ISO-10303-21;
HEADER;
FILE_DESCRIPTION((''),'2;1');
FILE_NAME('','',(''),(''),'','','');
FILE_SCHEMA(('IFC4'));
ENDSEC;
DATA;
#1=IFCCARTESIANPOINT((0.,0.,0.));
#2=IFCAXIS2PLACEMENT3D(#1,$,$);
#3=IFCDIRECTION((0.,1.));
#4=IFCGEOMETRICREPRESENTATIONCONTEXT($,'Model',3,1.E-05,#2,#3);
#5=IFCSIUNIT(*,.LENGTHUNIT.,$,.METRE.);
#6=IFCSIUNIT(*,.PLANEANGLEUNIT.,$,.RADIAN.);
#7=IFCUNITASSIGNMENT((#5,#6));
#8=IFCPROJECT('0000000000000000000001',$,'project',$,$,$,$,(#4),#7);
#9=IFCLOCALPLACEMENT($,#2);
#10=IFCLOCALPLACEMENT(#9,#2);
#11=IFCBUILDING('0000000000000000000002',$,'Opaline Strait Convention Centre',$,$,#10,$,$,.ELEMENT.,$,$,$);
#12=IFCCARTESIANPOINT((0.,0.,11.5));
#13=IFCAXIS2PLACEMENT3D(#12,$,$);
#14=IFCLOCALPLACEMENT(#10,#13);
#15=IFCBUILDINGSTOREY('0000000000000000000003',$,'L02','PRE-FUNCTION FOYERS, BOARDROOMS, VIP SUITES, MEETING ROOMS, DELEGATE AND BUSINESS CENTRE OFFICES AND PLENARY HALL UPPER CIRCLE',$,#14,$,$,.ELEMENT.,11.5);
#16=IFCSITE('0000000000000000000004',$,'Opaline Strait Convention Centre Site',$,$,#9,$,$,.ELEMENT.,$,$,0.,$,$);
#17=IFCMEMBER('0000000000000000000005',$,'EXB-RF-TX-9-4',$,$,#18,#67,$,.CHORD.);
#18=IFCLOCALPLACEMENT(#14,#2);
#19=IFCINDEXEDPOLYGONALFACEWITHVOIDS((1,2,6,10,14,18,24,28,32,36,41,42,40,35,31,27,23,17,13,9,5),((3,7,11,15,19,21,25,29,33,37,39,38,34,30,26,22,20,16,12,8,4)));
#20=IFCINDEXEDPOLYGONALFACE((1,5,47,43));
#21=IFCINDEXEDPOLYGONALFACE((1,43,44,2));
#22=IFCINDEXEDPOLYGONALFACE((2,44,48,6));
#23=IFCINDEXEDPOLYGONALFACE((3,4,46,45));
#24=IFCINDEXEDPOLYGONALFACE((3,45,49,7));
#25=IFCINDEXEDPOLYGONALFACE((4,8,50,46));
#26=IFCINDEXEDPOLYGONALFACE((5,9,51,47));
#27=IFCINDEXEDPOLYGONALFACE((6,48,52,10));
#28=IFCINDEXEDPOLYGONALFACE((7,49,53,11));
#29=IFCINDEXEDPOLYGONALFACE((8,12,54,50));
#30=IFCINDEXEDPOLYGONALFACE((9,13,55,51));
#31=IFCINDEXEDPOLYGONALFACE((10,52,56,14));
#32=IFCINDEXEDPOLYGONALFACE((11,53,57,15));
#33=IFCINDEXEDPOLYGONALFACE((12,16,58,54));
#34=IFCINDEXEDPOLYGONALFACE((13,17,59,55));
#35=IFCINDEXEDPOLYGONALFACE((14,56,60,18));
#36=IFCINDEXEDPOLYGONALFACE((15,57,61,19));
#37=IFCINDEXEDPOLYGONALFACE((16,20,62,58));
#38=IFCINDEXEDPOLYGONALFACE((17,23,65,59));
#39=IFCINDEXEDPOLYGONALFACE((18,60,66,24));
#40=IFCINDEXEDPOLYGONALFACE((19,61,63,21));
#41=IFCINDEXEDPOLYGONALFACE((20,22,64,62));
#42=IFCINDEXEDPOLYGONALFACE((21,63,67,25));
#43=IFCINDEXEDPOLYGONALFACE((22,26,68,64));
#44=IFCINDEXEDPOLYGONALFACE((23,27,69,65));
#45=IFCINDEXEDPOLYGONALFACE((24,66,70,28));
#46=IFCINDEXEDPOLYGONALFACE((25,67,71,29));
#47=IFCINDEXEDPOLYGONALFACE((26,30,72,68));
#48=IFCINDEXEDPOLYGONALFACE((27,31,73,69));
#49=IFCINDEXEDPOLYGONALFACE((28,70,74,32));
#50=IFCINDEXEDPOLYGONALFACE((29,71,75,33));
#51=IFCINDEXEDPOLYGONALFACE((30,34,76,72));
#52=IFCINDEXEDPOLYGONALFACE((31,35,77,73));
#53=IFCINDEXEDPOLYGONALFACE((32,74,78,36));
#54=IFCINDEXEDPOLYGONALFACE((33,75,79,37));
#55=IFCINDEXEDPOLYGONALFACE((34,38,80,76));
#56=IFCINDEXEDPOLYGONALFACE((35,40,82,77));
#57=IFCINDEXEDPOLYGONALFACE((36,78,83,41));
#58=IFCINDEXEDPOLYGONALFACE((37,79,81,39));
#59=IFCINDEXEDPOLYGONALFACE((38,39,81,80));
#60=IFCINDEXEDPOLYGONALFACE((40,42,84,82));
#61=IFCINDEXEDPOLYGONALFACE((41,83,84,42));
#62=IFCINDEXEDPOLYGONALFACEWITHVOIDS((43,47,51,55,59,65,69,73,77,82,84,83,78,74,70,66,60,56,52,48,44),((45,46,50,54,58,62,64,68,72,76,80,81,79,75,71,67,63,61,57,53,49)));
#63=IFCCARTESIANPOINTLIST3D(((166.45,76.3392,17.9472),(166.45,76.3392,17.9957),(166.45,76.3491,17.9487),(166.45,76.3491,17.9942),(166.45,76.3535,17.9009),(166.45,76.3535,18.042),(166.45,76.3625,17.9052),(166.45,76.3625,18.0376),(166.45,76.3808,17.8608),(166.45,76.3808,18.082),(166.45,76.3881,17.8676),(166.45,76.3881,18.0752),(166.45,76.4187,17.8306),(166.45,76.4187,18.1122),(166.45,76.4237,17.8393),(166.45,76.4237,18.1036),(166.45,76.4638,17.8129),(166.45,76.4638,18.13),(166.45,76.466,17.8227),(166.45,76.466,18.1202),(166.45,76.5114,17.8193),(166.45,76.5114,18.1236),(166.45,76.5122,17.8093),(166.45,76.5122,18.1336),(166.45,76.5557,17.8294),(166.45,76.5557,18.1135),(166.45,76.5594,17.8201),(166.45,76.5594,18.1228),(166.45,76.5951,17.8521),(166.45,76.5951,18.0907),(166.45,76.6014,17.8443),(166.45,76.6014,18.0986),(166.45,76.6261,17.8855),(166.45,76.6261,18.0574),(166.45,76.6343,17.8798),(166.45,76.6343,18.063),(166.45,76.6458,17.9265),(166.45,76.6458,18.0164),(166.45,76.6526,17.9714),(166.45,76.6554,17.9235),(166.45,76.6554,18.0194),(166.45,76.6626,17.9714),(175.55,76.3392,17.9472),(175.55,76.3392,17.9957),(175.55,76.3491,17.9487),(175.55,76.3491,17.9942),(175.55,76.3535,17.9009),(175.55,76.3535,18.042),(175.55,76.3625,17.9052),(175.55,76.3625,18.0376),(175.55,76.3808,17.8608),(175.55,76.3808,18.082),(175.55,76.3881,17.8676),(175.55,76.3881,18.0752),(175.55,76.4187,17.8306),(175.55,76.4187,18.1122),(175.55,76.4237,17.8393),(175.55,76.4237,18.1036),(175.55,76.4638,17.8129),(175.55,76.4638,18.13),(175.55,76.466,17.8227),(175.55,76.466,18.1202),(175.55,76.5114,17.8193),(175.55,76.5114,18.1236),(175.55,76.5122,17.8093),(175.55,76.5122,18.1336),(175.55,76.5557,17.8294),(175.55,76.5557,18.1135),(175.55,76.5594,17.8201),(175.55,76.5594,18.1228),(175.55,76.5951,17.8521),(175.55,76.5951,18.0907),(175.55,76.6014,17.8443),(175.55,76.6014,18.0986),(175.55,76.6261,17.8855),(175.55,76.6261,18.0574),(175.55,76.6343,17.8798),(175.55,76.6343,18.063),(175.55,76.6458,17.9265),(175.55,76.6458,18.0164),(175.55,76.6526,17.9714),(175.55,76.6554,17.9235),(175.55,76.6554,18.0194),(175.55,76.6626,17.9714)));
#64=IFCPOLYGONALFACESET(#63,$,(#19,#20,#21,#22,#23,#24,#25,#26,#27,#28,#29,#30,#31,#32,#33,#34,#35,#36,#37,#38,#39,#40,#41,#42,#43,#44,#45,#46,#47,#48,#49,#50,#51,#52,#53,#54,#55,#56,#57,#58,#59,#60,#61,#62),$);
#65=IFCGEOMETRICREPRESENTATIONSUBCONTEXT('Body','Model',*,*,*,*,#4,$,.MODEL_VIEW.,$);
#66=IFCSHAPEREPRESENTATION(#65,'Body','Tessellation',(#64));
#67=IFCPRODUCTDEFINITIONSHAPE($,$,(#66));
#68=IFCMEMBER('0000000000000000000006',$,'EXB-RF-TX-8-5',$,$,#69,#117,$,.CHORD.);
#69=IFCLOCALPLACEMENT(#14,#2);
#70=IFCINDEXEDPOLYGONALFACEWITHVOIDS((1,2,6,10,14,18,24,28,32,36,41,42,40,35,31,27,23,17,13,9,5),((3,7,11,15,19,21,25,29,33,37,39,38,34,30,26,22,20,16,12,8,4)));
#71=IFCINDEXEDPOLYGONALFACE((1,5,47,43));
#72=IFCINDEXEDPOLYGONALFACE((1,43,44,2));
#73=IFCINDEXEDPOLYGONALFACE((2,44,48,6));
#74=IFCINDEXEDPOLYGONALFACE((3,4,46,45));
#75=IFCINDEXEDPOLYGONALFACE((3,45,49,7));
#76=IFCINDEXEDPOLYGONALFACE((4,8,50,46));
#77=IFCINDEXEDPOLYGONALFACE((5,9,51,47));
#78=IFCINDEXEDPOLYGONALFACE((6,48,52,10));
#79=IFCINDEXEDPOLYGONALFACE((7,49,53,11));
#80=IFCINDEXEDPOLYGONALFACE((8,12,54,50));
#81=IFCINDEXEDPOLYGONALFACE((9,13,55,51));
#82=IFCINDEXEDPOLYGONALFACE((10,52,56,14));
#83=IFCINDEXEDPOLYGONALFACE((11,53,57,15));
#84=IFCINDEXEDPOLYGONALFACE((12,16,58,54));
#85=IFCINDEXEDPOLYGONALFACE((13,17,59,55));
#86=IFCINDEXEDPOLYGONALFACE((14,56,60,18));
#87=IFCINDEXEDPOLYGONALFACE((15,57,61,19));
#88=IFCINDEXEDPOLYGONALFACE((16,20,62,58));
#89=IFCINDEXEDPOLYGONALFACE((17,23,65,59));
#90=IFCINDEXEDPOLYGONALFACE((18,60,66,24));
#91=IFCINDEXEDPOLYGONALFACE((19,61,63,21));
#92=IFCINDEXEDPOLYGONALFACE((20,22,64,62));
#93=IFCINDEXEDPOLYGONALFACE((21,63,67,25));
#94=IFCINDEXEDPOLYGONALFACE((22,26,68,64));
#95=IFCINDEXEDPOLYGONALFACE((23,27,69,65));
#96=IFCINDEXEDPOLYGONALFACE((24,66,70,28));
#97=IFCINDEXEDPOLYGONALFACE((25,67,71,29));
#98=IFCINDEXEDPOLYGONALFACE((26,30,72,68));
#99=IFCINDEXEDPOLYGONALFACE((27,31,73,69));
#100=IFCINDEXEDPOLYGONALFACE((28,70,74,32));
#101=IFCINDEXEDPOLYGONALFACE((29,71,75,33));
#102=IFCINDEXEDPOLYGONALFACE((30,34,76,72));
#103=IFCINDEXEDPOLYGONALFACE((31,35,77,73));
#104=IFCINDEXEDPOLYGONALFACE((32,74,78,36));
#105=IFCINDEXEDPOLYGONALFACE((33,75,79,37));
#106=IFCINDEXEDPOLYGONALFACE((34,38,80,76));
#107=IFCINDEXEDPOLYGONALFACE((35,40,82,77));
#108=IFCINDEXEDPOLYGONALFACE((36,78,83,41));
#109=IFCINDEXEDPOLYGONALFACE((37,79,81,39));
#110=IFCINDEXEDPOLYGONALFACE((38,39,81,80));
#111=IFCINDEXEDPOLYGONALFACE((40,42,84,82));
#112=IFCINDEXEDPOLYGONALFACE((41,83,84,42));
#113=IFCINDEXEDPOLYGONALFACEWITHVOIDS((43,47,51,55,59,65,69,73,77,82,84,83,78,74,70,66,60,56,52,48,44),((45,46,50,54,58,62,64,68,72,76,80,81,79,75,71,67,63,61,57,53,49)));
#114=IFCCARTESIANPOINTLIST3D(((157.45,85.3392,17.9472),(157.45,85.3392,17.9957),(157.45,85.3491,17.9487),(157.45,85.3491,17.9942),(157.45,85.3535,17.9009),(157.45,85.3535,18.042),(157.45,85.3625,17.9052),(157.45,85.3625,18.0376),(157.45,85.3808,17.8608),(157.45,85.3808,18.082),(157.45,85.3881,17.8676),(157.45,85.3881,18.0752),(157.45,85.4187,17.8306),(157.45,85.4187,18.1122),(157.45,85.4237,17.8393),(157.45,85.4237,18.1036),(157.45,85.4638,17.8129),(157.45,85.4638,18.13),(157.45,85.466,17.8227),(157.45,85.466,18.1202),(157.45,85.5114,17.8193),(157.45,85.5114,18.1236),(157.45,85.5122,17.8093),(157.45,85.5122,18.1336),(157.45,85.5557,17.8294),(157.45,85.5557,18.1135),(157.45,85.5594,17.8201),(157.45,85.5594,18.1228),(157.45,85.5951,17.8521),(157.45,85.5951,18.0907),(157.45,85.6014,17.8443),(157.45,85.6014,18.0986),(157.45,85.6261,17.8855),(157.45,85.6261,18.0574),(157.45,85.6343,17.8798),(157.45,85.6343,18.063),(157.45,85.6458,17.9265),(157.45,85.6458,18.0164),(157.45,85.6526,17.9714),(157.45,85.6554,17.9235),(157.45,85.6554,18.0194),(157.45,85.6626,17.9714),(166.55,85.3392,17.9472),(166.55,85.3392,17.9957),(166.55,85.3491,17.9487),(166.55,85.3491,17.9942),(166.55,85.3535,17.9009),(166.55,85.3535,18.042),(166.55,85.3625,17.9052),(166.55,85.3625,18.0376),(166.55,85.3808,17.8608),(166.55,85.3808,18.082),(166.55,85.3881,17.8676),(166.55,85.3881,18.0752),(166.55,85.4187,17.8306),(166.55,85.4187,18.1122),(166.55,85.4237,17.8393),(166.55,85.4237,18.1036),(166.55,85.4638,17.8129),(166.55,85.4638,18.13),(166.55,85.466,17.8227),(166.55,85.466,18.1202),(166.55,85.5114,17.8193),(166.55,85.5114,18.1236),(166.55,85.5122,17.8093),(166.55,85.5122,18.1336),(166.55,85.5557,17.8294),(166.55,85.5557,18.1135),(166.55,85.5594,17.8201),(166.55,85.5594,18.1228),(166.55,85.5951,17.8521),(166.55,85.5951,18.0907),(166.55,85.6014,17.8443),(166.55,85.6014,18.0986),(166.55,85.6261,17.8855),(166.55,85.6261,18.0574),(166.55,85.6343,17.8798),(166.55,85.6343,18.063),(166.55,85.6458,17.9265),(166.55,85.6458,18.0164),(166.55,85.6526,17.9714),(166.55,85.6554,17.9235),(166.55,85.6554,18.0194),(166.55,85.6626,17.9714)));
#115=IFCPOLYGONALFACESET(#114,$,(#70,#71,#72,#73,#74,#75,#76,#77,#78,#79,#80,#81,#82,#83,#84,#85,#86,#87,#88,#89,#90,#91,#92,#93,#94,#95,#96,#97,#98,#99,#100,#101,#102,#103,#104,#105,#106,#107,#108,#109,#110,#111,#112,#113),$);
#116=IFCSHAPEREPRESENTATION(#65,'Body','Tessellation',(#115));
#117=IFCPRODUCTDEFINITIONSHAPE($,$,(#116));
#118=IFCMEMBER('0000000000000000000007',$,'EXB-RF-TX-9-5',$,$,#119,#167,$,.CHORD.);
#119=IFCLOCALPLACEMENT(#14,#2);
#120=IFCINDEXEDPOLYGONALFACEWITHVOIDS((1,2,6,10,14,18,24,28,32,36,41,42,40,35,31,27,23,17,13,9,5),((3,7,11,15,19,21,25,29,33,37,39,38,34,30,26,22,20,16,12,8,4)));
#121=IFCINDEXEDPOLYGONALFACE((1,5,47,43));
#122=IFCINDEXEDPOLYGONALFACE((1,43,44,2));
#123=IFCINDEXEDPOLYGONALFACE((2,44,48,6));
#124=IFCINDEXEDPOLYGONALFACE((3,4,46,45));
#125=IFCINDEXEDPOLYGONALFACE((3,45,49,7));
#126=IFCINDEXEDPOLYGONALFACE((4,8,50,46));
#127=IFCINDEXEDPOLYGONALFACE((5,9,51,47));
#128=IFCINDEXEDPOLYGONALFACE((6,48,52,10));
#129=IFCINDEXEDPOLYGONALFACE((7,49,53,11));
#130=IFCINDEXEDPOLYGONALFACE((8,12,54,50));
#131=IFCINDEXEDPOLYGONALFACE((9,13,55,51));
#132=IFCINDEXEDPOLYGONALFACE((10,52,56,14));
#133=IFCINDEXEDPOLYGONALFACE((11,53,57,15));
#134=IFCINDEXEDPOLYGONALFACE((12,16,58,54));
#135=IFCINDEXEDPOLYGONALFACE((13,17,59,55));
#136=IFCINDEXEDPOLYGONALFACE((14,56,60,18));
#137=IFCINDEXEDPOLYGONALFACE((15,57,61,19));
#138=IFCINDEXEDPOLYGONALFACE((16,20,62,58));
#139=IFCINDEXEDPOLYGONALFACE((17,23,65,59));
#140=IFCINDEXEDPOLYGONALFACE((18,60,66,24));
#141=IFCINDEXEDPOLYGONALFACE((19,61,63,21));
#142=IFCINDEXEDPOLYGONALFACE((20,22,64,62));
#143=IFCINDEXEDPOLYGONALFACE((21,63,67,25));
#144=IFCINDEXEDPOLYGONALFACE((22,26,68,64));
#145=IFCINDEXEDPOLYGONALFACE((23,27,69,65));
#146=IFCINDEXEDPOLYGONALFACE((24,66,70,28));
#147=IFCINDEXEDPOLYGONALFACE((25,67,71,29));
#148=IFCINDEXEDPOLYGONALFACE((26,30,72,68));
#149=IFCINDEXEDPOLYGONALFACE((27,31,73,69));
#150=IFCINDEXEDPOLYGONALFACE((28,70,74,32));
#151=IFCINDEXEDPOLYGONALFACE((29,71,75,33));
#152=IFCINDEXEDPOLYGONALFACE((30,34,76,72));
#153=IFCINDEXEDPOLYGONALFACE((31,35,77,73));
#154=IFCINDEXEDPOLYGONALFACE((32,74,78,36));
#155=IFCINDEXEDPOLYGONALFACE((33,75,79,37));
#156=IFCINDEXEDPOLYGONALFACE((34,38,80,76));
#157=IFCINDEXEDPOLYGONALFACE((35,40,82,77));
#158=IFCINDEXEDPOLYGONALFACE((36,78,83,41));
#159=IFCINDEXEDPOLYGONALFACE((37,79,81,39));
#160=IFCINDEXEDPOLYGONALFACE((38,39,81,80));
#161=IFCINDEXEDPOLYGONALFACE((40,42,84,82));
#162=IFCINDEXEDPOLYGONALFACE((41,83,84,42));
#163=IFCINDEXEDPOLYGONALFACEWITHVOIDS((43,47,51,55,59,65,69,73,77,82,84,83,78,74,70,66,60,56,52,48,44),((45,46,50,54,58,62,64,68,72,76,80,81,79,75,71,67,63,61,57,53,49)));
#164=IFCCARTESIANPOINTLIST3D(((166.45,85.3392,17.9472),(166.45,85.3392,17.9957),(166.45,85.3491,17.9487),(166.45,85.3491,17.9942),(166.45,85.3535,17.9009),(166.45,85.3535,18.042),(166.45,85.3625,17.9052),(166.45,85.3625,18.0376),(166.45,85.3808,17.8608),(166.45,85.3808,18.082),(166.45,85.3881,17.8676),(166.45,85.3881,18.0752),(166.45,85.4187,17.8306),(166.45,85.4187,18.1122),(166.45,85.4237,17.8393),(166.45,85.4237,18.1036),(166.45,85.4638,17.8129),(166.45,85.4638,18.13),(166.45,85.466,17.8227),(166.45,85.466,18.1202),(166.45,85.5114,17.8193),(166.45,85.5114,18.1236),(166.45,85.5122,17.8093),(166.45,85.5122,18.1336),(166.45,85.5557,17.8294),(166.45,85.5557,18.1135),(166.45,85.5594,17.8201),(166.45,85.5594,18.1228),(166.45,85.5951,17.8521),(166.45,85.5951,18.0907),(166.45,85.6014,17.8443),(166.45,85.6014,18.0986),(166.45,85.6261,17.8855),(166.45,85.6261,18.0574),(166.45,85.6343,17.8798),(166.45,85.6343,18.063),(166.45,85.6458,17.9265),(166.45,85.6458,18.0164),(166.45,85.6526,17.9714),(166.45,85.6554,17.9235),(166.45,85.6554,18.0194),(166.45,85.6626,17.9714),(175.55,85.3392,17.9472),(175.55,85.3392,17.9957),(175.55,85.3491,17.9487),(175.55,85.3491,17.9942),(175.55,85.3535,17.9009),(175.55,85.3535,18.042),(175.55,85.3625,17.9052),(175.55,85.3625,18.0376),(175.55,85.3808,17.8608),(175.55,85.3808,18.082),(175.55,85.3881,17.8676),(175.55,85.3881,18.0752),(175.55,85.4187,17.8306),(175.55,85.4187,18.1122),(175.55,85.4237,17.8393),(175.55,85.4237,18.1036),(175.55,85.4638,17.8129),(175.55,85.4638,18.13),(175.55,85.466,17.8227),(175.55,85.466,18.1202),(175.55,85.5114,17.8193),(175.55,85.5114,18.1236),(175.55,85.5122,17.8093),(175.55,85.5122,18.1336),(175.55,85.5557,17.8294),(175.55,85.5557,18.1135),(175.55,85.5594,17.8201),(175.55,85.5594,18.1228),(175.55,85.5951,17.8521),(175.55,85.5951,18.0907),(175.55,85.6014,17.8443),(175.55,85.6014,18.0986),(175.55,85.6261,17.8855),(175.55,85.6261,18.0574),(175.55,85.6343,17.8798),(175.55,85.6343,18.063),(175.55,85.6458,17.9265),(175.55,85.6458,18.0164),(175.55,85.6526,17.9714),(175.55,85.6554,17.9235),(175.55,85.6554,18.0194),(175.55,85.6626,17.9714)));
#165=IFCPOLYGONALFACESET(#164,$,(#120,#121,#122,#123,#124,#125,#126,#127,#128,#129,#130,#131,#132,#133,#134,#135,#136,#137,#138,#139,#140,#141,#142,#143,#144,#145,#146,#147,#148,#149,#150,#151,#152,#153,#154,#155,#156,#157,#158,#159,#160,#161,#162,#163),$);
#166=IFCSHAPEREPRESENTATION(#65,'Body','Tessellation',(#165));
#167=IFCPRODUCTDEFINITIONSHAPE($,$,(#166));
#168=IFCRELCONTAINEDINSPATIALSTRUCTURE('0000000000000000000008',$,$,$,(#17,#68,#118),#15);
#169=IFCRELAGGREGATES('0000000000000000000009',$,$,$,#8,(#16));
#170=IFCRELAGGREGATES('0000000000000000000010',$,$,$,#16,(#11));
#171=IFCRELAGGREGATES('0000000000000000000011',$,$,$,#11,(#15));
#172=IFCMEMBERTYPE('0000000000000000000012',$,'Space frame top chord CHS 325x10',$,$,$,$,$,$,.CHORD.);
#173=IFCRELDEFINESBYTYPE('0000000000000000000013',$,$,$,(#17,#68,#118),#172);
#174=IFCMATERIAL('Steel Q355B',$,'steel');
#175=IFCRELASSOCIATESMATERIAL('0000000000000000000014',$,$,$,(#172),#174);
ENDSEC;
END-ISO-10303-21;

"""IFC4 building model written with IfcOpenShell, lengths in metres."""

from ifc_helpers import new_model, si_unit, direction, frame, origin, origin_2d, place, context, subcontext, project, spatial, hollow_circle, extrude, material, material_profile, profile_set, type_object, element, save


model = new_model("IFC4")

# Units and contexts
model_context = context("Model", 3, precision=1e-05, world=origin(), true_north=direction((0.0, 1.0)))
body_context = subcontext(model_context, "Body", "Model", "MODEL_VIEW")
ifc_project = project(units=[si_unit("LENGTHUNIT", "METRE"), si_unit("PLANEANGLEUNIT", "RADIAN")], contexts=[model_context])

# Site, building, storey
site_placement = place(None, origin())
site = spatial("IfcSite", under=ifc_project, at=site_placement, Name="Opaline Strait Convention Centre Site", CompositionType="ELEMENT", RefElevation=0.0)
building_placement = place(site_placement, origin())
building = spatial("IfcBuilding", under=site, at=building_placement, Name="Opaline Strait Convention Centre", CompositionType="ELEMENT")
storey_placement = place(building_placement, frame((0.0, 0.0, 11.5)))
storey = spatial("IfcBuildingStorey", under=building, at=storey_placement, Name="L02", Description="PRE-FUNCTION FOYERS, BOARDROOMS, VIP SUITES, MEETING ROOMS, DELEGATE AND BUSINESS CENTRE OFFICES AND PLENARY HALL UPPER CIRCLE", CompositionType="ELEMENT", Elevation=11.5)

# Members
ifc_material_1 = material(Name="Steel Q355B", Category="steel")
ifc_material_profile_1 = material_profile(ifc_material_1, hollow_circle(Radius=0.1626, WallThickness=0.01, at=origin_2d()), Name="CHS 325x10")
ifc_profile_set_1 = profile_set([ifc_material_profile_1], Name="Steel Q355B")
member_type_1 = type_object("IfcMemberType", Name="Space frame top chord CHS 325x10", PredefinedType="CHORD", material=ifc_profile_set_1)
for number, where, z_axis, x_axis, name in (
    (1, (166.45, 76.5, 17.9714), (1.0, 0.0, 0.0), (0.0, 1.0, 0.0), "EXB-RF-TX-9-4"),
    (2, (157.45, 85.5, 17.9714), (1.0, 0.0, 0.0), (0.0, 1.0, 0.0), "EXB-RF-TX-8-5"),
    (3, (166.45, 85.5, 17.9714), (1.0, 0.0, 0.0), (0.0, 1.0, 0.0), "EXB-RF-TX-9-5"),
):
    element("IfcMember", number, at=place(storey_placement, frame(where, z_axis=z_axis, x_axis=x_axis)), inside=storey, type_object=member_type_1, Name=name, PredefinedType="CHORD", context=body_context, shape_type="SweptSolid", body=[
        extrude(hollow_circle(Radius=0.1626, WallThickness=0.01, at=origin_2d()), origin(), (0.0, 0.0, 1.0), 9.1001),
    ])

save(model, "model.ifc")
